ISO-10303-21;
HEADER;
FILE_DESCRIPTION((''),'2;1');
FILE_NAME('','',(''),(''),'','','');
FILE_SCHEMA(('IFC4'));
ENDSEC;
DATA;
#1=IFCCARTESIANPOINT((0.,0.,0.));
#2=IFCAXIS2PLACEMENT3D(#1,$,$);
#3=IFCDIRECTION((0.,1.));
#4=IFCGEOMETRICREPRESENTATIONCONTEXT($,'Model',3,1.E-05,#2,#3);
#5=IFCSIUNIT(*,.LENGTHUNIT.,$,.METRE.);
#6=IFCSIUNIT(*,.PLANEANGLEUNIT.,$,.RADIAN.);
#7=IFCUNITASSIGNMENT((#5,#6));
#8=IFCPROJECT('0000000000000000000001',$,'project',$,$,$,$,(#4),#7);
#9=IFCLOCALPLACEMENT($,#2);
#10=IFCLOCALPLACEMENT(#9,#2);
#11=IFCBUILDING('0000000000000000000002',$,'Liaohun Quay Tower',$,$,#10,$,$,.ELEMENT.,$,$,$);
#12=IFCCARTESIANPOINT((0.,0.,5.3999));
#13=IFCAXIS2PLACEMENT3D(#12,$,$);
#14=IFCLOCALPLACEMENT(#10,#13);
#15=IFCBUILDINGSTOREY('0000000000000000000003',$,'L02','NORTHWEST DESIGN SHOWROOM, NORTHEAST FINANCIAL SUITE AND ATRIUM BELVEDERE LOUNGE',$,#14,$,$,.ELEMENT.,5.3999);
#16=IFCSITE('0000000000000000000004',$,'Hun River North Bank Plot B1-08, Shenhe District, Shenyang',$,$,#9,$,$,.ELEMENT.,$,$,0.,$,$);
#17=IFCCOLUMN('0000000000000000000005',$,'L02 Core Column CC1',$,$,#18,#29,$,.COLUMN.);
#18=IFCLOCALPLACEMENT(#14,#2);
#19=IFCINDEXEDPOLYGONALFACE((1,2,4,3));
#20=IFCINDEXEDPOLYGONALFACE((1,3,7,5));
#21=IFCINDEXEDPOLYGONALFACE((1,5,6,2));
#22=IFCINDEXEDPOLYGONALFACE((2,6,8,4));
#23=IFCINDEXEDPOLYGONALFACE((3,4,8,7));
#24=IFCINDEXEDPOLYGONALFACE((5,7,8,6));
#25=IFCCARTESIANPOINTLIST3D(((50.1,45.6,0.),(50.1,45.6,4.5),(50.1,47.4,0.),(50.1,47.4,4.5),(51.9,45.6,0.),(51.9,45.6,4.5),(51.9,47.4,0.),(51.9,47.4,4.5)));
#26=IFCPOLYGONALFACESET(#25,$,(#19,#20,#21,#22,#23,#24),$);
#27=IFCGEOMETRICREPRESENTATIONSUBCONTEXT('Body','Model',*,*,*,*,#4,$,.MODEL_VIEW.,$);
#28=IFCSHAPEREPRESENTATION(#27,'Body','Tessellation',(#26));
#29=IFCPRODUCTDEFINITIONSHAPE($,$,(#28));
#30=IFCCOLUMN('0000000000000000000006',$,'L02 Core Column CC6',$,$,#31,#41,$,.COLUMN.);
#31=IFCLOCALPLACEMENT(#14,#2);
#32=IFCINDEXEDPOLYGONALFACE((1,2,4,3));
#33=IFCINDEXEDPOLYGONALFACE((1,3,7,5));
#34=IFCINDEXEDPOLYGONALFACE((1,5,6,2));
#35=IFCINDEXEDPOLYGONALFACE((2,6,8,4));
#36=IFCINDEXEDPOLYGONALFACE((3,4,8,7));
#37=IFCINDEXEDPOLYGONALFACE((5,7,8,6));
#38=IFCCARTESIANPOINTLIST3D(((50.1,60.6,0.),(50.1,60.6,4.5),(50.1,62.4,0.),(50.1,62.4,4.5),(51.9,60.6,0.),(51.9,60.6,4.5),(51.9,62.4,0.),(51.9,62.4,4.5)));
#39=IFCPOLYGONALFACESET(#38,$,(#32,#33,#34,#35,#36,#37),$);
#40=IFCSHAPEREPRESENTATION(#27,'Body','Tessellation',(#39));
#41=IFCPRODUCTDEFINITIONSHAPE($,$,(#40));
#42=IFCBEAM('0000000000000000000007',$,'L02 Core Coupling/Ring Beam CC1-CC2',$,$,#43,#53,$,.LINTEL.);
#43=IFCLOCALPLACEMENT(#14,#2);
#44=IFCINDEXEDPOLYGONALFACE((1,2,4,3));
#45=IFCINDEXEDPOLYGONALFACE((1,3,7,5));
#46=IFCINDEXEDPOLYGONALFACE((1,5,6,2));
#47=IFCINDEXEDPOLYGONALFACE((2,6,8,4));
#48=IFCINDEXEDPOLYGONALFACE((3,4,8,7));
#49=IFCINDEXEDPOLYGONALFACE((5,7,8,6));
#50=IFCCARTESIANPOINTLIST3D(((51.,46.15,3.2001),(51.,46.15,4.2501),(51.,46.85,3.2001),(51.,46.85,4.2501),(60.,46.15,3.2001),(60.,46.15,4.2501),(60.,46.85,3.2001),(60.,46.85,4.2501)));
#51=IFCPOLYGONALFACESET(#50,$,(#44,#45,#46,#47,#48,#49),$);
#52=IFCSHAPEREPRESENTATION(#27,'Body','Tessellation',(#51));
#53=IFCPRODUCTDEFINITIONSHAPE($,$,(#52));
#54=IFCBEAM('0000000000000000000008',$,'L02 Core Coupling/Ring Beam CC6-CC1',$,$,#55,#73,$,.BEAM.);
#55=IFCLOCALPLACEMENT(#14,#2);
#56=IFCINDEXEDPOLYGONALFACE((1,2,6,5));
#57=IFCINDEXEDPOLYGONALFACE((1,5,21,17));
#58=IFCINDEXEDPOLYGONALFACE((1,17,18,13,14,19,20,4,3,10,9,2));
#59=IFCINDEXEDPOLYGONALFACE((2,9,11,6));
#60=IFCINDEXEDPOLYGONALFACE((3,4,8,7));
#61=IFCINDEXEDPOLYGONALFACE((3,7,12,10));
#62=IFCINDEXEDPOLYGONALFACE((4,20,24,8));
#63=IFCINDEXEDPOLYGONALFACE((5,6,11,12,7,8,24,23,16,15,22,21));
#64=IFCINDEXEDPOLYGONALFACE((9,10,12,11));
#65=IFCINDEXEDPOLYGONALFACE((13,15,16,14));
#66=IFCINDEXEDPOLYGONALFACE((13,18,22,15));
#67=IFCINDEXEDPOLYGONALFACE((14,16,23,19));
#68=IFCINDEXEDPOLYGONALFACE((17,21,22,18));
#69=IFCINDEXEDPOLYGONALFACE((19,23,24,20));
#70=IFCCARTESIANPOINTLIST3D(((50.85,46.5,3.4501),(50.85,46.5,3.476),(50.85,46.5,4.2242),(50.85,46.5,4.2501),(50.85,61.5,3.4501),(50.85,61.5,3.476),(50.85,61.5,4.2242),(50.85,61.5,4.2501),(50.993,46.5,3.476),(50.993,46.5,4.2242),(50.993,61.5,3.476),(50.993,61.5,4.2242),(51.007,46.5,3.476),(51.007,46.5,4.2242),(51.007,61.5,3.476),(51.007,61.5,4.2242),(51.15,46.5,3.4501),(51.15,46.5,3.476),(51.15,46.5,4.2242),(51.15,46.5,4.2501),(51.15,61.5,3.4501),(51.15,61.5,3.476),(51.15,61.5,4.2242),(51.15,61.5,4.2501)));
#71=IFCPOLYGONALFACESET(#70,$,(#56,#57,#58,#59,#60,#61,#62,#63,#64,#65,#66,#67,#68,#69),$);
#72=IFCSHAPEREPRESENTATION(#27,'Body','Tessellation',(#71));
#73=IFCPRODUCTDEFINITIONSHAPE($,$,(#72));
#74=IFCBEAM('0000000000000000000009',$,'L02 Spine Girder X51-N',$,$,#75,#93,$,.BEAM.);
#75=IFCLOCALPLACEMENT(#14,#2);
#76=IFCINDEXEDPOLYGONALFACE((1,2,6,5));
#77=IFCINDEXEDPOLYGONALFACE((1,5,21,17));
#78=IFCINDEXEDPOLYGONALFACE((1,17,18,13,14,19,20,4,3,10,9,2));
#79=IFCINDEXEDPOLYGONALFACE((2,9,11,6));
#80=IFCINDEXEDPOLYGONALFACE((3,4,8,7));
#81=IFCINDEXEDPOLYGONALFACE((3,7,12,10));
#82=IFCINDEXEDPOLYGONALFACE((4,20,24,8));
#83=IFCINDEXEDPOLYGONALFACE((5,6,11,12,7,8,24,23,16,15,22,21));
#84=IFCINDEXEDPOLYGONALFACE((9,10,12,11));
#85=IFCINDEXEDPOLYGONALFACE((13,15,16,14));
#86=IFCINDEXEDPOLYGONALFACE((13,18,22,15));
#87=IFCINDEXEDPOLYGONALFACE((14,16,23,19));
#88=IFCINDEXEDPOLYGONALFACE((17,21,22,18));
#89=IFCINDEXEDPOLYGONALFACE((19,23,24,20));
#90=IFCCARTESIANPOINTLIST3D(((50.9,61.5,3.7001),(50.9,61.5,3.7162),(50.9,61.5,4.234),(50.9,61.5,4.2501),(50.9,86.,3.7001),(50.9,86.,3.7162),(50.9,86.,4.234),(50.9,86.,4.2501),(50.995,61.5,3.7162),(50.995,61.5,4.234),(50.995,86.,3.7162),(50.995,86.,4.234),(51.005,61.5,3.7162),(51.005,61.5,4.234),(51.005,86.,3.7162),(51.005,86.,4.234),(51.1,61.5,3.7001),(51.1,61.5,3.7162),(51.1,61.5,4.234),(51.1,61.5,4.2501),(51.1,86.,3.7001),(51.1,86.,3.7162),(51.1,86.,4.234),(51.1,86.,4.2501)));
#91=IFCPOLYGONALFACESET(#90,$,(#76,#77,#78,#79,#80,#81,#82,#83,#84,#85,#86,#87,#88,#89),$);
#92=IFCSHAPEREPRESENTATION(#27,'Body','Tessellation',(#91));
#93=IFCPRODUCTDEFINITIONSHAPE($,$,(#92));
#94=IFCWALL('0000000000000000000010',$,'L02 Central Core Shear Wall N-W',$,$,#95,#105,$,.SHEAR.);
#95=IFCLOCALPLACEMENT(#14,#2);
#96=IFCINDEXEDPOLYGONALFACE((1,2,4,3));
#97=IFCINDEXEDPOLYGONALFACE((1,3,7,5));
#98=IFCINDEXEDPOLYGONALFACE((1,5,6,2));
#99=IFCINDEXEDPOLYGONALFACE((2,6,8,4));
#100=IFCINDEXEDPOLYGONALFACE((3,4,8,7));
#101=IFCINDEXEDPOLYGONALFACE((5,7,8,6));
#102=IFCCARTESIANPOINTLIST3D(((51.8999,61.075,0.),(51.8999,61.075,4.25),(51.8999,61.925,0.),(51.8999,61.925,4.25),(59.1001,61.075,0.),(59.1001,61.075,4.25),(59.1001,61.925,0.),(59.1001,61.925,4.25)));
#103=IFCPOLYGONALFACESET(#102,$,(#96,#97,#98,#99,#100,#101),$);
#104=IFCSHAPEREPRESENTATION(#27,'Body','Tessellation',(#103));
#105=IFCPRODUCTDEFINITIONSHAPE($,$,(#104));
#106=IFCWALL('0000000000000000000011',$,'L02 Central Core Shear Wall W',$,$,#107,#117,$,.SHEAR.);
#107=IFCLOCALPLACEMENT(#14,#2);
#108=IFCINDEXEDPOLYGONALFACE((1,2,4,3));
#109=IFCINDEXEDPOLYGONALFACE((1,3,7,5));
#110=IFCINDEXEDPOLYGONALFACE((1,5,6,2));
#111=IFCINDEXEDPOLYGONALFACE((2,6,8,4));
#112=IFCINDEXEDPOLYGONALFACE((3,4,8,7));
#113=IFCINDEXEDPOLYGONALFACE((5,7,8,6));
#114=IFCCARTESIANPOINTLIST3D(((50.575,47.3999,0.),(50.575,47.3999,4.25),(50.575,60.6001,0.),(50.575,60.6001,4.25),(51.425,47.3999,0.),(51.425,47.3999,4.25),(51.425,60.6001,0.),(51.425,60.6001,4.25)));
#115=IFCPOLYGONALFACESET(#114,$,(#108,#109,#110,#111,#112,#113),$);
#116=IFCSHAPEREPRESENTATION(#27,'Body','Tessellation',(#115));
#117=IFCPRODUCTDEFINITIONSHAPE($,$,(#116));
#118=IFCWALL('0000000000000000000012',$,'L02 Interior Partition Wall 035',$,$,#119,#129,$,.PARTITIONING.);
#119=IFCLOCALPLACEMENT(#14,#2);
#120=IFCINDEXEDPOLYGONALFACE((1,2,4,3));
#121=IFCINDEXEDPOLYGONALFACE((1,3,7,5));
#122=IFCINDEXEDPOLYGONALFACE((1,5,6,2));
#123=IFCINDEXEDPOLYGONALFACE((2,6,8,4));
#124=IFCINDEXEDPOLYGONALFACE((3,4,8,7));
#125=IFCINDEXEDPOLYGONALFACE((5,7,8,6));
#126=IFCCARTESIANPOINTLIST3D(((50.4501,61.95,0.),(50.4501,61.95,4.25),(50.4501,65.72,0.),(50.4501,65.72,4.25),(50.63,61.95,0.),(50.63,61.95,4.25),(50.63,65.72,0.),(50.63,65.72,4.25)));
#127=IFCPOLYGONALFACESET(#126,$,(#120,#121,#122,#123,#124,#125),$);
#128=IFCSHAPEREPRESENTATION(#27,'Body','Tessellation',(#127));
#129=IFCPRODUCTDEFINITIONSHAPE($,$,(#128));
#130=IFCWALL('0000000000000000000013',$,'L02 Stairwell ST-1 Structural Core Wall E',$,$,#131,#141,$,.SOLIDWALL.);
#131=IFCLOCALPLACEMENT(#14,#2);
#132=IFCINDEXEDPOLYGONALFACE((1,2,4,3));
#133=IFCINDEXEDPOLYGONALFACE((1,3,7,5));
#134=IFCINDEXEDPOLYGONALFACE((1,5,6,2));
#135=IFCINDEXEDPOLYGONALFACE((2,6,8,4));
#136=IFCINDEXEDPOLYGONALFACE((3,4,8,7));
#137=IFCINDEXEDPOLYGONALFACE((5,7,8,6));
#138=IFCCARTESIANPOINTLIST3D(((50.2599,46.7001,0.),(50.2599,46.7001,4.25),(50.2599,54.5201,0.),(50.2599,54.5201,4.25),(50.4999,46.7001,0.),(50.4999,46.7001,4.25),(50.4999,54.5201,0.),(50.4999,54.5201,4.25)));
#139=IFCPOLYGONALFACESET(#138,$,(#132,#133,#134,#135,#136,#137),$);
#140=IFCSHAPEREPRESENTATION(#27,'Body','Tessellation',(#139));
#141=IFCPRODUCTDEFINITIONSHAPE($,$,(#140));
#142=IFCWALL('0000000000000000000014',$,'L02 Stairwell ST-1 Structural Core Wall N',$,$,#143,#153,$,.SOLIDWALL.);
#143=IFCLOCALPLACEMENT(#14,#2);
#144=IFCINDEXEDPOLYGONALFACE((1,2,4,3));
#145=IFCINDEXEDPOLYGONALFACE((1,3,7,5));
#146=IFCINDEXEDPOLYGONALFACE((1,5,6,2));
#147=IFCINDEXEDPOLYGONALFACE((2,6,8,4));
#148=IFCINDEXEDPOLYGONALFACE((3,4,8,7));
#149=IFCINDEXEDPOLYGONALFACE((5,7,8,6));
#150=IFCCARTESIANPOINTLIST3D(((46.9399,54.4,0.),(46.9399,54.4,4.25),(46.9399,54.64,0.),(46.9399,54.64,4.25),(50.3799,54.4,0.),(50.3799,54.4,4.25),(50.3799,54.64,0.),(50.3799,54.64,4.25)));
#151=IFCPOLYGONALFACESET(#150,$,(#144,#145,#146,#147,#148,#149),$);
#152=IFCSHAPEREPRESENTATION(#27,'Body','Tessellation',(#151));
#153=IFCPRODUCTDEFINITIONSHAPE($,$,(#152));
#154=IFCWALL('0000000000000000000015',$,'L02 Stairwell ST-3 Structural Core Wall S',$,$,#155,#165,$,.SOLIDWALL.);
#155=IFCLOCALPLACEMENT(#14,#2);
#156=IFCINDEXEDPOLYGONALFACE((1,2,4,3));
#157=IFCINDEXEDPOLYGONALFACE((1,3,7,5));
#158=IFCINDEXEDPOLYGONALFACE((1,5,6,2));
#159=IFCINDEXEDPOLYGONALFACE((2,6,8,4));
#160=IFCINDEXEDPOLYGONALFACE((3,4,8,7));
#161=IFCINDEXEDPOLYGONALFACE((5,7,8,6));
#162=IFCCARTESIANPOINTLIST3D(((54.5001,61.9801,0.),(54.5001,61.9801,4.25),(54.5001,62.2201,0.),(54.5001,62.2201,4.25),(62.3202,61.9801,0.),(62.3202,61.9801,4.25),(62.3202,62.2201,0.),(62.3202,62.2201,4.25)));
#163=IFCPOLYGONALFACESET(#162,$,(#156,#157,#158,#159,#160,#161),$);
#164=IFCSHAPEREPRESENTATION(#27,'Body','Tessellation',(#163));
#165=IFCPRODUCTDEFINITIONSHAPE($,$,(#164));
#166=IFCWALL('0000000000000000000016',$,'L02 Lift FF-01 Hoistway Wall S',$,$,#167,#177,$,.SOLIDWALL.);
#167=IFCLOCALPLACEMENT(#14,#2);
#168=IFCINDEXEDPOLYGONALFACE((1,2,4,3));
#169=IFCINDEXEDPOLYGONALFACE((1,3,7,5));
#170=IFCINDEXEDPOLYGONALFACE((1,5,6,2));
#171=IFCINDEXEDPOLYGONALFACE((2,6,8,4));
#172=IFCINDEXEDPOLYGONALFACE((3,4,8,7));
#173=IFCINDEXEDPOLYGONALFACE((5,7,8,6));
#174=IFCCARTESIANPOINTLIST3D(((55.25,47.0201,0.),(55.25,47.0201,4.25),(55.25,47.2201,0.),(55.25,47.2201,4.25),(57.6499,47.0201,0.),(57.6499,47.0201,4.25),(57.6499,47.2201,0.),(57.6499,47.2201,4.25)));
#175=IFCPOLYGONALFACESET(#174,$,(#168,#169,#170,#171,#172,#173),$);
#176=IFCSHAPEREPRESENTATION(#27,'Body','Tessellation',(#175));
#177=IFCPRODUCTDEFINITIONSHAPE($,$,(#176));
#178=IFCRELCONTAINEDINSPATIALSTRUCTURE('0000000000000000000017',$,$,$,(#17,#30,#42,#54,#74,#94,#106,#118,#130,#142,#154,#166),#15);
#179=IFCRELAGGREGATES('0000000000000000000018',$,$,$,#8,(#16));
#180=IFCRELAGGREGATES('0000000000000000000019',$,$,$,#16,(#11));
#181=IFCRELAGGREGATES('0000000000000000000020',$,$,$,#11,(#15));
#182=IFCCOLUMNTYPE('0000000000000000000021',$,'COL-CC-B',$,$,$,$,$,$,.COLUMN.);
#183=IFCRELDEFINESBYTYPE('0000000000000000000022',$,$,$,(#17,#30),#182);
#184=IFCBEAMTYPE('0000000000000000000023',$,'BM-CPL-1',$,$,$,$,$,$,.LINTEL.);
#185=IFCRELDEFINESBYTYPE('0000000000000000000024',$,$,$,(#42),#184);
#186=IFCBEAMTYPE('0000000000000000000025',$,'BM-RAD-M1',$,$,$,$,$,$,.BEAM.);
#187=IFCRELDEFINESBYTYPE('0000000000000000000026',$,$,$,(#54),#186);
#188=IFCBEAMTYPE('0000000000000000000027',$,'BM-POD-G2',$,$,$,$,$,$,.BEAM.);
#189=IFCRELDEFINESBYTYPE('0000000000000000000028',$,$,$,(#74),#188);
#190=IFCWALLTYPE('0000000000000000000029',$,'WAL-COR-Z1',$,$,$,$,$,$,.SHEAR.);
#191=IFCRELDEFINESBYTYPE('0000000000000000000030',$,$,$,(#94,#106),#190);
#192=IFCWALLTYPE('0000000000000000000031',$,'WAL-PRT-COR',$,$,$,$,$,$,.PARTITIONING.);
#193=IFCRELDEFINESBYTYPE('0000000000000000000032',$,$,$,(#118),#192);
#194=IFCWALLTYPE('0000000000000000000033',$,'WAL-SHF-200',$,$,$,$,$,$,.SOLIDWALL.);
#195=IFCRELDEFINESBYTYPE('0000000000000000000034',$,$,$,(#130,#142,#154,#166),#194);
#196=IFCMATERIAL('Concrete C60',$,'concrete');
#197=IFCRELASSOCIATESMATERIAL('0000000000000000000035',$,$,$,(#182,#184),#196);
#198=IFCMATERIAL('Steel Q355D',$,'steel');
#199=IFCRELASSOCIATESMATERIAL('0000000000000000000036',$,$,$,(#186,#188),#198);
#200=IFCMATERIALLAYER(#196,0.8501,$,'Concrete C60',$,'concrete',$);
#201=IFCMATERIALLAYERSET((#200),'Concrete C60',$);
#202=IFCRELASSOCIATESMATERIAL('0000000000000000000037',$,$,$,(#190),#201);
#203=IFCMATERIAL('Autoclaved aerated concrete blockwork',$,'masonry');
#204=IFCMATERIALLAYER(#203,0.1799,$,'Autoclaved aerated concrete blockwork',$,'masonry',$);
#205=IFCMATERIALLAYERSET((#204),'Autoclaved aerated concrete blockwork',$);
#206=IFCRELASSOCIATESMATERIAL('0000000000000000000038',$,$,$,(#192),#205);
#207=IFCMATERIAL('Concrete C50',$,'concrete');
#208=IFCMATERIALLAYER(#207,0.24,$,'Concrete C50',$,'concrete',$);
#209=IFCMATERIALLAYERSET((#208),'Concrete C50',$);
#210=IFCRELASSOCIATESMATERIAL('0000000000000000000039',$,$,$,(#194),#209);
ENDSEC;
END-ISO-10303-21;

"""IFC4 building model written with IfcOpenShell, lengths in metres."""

from ifc_helpers import new_model, si_unit, direction, frame, frame_2d, origin, origin_2d, place, context, subcontext, project, spatial, rectangle, i_section, extrude, source, transform, mapped, material, layer, layer_set, material_profile, profile_set, type_object, element, save


model = new_model("IFC4")

# Units and contexts
model_context = context("Model", 3, precision=1e-05, world=origin(), true_north=direction((0.0, 1.0)))
body_context = subcontext(model_context, "Body", "Model", "MODEL_VIEW")
ifc_project = project(units=[si_unit("LENGTHUNIT", "METRE"), si_unit("PLANEANGLEUNIT", "RADIAN")], contexts=[model_context])

# Site, building, storey
site_placement = place(None, origin())
site = spatial("IfcSite", under=ifc_project, at=site_placement, Name="Hun River North Bank Plot B1-08, Shenhe District, Shenyang", CompositionType="ELEMENT", RefElevation=0.0)
building_placement = place(site_placement, origin())
building = spatial("IfcBuilding", under=site, at=building_placement, Name="Liaohun Quay Tower", CompositionType="ELEMENT")
storey_placement = place(building_placement, frame((0.0, 0.0, 5.3999)))
storey = spatial("IfcBuildingStorey", under=building, at=storey_placement, Name="L02", Description="NORTHWEST DESIGN SHOWROOM, NORTHEAST FINANCIAL SUITE AND ATRIUM BELVEDERE LOUNGE", CompositionType="ELEMENT", Elevation=5.3999)

# Columns
ifc_material_1 = material(Name="Concrete C60", Category="concrete")
ifc_material_profile_1 = material_profile(ifc_material_1, rectangle(XDim=1.8, YDim=1.8, at=origin_2d()), Name="RC1800x1800")
ifc_profile_set_1 = profile_set([ifc_material_profile_1], Name="Concrete C60")
column_type = type_object("IfcColumnType", Name="COL-CC-B", PredefinedType="COLUMN", material=ifc_profile_set_1)
shared_shape_1 = source(origin(), body_context, "Body", "SweptSolid", [
    extrude(rectangle(XDim=1.8, YDim=1.8, at=origin_2d()), origin(), (0.0, 0.0, 1.0), 4.5),
])
for number, where, z_axis, x_axis, name in (
    (1, (51.0, 46.5, 0.0), (0.0, 0.0, 1.0), (1.0, 0.0, 0.0), "L02 Core Column CC1"),
    (2, (51.0, 61.5, 0.0), (0.0, 0.0, 1.0), (1.0, 0.0, 0.0), "L02 Core Column CC6"),
):
    element("IfcColumn", number, at=place(storey_placement, frame(where, z_axis=z_axis, x_axis=x_axis)), inside=storey, type_object=column_type, Name=name, PredefinedType="COLUMN", context=body_context, shape_type="MappedRepresentation", body=[
        mapped(shared_shape_1, transform((0.0, 0.0, 0.0), x_axis=(1.0, 0.0, 0.0), y_axis=(0.0, 1.0, 0.0), z_axis=(0.0, 0.0, 1.0), scale=1.0)),
    ])

# Beams
ifc_material_profile_2 = material_profile(ifc_material_1, rectangle(XDim=0.7, YDim=1.05, at=origin_2d()), Name="RC700x1050")
ifc_profile_set_2 = profile_set([ifc_material_profile_2], Name="Concrete C60")
beam_type_1 = type_object("IfcBeamType", Name="BM-CPL-1", PredefinedType="LINTEL", material=ifc_profile_set_2)
shared_shape_2 = source(origin(), body_context, "Body", "SweptSolid", [
    extrude(rectangle(XDim=0.7, YDim=1.05, at=origin_2d()), origin(), (0.0, 0.0, 1.0), 9.0),
])
beam_1_placement = place(storey_placement, frame((51.0, 46.5, 3.7251), z_axis=(1.0, 0.0, 0.0), x_axis=(0.0, 1.0, 0.0)))
element("IfcBeam", 3, at=beam_1_placement, inside=storey, type_object=beam_type_1, Name="L02 Core Coupling/Ring Beam CC1-CC2", PredefinedType="LINTEL", context=body_context, shape_type="MappedRepresentation", body=[
    mapped(shared_shape_2, transform((0.0, 0.0, 0.0), x_axis=(1.0, 0.0, 0.0), y_axis=(0.0, 1.0, 0.0), z_axis=(0.0, 0.0, 1.0), scale=1.0)),
])
ifc_material_2 = material(Name="Steel Q355D", Category="steel")
ifc_material_profile_3 = material_profile(ifc_material_2, i_section(OverallWidth=0.3, OverallDepth=0.8, WebThickness=0.0139, FlangeThickness=0.0259, at=origin_2d()), Name="HN800x300x14x26")
ifc_profile_set_3 = profile_set([ifc_material_profile_3], Name="Steel Q355D")
beam_type_2 = type_object("IfcBeamType", Name="BM-RAD-M1", PredefinedType="BEAM", material=ifc_profile_set_3)
shared_shape_3 = source(origin(), body_context, "Body", "SweptSolid", [
    extrude(i_section(OverallWidth=0.3, OverallDepth=0.8, WebThickness=0.0139, FlangeThickness=0.0259, at=origin_2d()), origin(), (0.0, 0.0, 1.0), 15.0),
])
beam_2_placement = place(storey_placement, frame((51.0, 61.5, 3.8501), z_axis=(0.0, -1.0, 0.0), x_axis=(1.0, 0.0, 0.0)))
element("IfcBeam", 4, at=beam_2_placement, inside=storey, type_object=beam_type_2, Name="L02 Core Coupling/Ring Beam CC6-CC1", PredefinedType="BEAM", context=body_context, shape_type="MappedRepresentation", body=[
    mapped(shared_shape_3, transform((0.0, 0.0, 0.0), x_axis=(1.0, 0.0, 0.0), y_axis=(0.0, 1.0, 0.0), z_axis=(0.0, 0.0, 1.0), scale=1.0)),
])
ifc_material_profile_4 = material_profile(ifc_material_2, i_section(OverallWidth=0.2, OverallDepth=0.55, WebThickness=0.01, FlangeThickness=0.0161, at=origin_2d()), Name="HN550x200x10x16")
ifc_profile_set_4 = profile_set([ifc_material_profile_4], Name="Steel Q355D")
beam_type_3 = type_object("IfcBeamType", Name="BM-POD-G2", PredefinedType="BEAM", material=ifc_profile_set_4)
shared_shape_4 = source(origin(), body_context, "Body", "SweptSolid", [
    extrude(i_section(OverallWidth=0.2, OverallDepth=0.55, WebThickness=0.01, FlangeThickness=0.0161, at=origin_2d()), origin(), (0.0, 0.0, 1.0), 24.5),
])
beam_3_placement = place(storey_placement, frame((51.0, 61.5, 3.9751), z_axis=(0.0, 1.0, 0.0), x_axis=(-1.0, 0.0, 0.0)))
element("IfcBeam", 5, at=beam_3_placement, inside=storey, type_object=beam_type_3, Name="L02 Spine Girder X51-N", PredefinedType="BEAM", context=body_context, shape_type="MappedRepresentation", body=[
    mapped(shared_shape_4, transform((0.0, 0.0, 0.0), x_axis=(1.0, 0.0, 0.0), y_axis=(0.0, 1.0, 0.0), z_axis=(0.0, 0.0, 1.0), scale=1.0)),
])

# Walls
ifc_layer_1 = layer(ifc_material_1, 0.8501, Name="Concrete C60", Category="concrete")
ifc_layer_set_1 = layer_set([ifc_layer_1], Name="Concrete C60")
wall_type_1 = type_object("IfcWallType", Name="WAL-COR-Z1", PredefinedType="SHEAR", material=ifc_layer_set_1)
wall_1_placement = place(storey_placement, frame((51.8999, 61.5, 0.0), z_axis=(0.0, 0.0, 1.0), x_axis=(1.0, 0.0, 0.0)))
element("IfcWall", 6, at=wall_1_placement, inside=storey, type_object=wall_type_1, Name="L02 Central Core Shear Wall N-W", PredefinedType="SHEAR", context=body_context, shape_type="SweptSolid", body=[
    extrude(rectangle(XDim=7.2002, YDim=0.8501, at=frame_2d((3.6001, 0.0))), origin(), (0.0, 0.0, 1.0), 4.25),
])
wall_2_placement = place(storey_placement, frame((51.0, 47.3999, 0.0), z_axis=(0.0, 0.0, 1.0), x_axis=(0.0, 1.0, 0.0)))
element("IfcWall", 7, at=wall_2_placement, inside=storey, type_object=wall_type_1, Name="L02 Central Core Shear Wall W", PredefinedType="SHEAR", context=body_context, shape_type="SweptSolid", body=[
    extrude(rectangle(XDim=13.2002, YDim=0.8501, at=frame_2d((6.6001, 0.0))), origin(), (0.0, 0.0, 1.0), 4.25),
])
ifc_material_3 = material(Name="Autoclaved aerated concrete blockwork", Category="masonry")
ifc_layer_2 = layer(ifc_material_3, 0.1799, Name="Autoclaved aerated concrete blockwork", Category="masonry")
ifc_layer_set_2 = layer_set([ifc_layer_2], Name="Autoclaved aerated concrete blockwork")
wall_type_2 = type_object("IfcWallType", Name="WAL-PRT-COR", PredefinedType="PARTITIONING", material=ifc_layer_set_2)
wall_3_placement = place(storey_placement, frame((50.54, 61.95, 0.0), z_axis=(0.0, 0.0, 1.0), x_axis=(0.0, 1.0, 0.0)))
element("IfcWall", 8, at=wall_3_placement, inside=storey, type_object=wall_type_2, Name="L02 Interior Partition Wall 035", PredefinedType="PARTITIONING", context=body_context, shape_type="SweptSolid", body=[
    extrude(rectangle(XDim=3.77, YDim=0.1799, at=frame_2d((1.885, 0.0))), origin(), (0.0, 0.0, 1.0), 4.25),
])
ifc_material_4 = material(Name="Concrete C50", Category="concrete")
ifc_layer_3 = layer(ifc_material_4, 0.24, Name="Concrete C50", Category="concrete")
ifc_layer_set_3 = layer_set([ifc_layer_3], Name="Concrete C50")
wall_type_3 = type_object("IfcWallType", Name="WAL-SHF-200", PredefinedType="SOLIDWALL", material=ifc_layer_set_3)
wall_4_placement = place(storey_placement, frame((50.3799, 46.7, 0.0), z_axis=(0.0, 0.0, 1.0), x_axis=(0.0, 1.0, 0.0)))
element("IfcWall", 9, at=wall_4_placement, inside=storey, type_object=wall_type_3, Name="L02 Stairwell ST-1 Structural Core Wall E", PredefinedType="SOLIDWALL", context=body_context, shape_type="SweptSolid", body=[
    extrude(rectangle(XDim=7.8201, YDim=0.24, at=frame_2d((3.9102, 0.0))), origin(), (0.0, 0.0, 1.0), 4.25),
])
wall_5_placement = place(storey_placement, frame((50.3799, 54.52, 0.0), z_axis=(0.0, 0.0, 1.0), x_axis=(-1.0, 0.0, 0.0)))
element("IfcWall", 10, at=wall_5_placement, inside=storey, type_object=wall_type_3, Name="L02 Stairwell ST-1 Structural Core Wall N", PredefinedType="SOLIDWALL", context=body_context, shape_type="SweptSolid", body=[
    extrude(rectangle(XDim=3.4399, YDim=0.24, at=frame_2d((1.72, 0.0))), origin(), (0.0, 0.0, 1.0), 4.25),
])
wall_6_placement = place(storey_placement, frame((54.5, 62.1001, 0.0), z_axis=(0.0, 0.0, 1.0), x_axis=(1.0, 0.0, 0.0)))
element("IfcWall", 11, at=wall_6_placement, inside=storey, type_object=wall_type_3, Name="L02 Stairwell ST-3 Structural Core Wall S", PredefinedType="SOLIDWALL", context=body_context, shape_type="SweptSolid", body=[
    extrude(rectangle(XDim=7.8201, YDim=0.24, at=frame_2d((3.9102, 0.0))), origin(), (0.0, 0.0, 1.0), 4.25),
])
wall_7_placement = place(storey_placement, frame((55.25, 47.1201, 0.0), z_axis=(0.0, 0.0, 1.0), x_axis=(1.0, 0.0, 0.0)))
element("IfcWall", 12, at=wall_7_placement, inside=storey, type_object=wall_type_3, Name="L02 Lift FF-01 Hoistway Wall S", PredefinedType="SOLIDWALL", context=body_context, shape_type="SweptSolid", body=[
    extrude(rectangle(XDim=2.3999, YDim=0.2, at=frame_2d((1.2, 0.0))), origin(), (0.0, 0.0, 1.0), 4.25),
])

save(model, "model.ifc")
